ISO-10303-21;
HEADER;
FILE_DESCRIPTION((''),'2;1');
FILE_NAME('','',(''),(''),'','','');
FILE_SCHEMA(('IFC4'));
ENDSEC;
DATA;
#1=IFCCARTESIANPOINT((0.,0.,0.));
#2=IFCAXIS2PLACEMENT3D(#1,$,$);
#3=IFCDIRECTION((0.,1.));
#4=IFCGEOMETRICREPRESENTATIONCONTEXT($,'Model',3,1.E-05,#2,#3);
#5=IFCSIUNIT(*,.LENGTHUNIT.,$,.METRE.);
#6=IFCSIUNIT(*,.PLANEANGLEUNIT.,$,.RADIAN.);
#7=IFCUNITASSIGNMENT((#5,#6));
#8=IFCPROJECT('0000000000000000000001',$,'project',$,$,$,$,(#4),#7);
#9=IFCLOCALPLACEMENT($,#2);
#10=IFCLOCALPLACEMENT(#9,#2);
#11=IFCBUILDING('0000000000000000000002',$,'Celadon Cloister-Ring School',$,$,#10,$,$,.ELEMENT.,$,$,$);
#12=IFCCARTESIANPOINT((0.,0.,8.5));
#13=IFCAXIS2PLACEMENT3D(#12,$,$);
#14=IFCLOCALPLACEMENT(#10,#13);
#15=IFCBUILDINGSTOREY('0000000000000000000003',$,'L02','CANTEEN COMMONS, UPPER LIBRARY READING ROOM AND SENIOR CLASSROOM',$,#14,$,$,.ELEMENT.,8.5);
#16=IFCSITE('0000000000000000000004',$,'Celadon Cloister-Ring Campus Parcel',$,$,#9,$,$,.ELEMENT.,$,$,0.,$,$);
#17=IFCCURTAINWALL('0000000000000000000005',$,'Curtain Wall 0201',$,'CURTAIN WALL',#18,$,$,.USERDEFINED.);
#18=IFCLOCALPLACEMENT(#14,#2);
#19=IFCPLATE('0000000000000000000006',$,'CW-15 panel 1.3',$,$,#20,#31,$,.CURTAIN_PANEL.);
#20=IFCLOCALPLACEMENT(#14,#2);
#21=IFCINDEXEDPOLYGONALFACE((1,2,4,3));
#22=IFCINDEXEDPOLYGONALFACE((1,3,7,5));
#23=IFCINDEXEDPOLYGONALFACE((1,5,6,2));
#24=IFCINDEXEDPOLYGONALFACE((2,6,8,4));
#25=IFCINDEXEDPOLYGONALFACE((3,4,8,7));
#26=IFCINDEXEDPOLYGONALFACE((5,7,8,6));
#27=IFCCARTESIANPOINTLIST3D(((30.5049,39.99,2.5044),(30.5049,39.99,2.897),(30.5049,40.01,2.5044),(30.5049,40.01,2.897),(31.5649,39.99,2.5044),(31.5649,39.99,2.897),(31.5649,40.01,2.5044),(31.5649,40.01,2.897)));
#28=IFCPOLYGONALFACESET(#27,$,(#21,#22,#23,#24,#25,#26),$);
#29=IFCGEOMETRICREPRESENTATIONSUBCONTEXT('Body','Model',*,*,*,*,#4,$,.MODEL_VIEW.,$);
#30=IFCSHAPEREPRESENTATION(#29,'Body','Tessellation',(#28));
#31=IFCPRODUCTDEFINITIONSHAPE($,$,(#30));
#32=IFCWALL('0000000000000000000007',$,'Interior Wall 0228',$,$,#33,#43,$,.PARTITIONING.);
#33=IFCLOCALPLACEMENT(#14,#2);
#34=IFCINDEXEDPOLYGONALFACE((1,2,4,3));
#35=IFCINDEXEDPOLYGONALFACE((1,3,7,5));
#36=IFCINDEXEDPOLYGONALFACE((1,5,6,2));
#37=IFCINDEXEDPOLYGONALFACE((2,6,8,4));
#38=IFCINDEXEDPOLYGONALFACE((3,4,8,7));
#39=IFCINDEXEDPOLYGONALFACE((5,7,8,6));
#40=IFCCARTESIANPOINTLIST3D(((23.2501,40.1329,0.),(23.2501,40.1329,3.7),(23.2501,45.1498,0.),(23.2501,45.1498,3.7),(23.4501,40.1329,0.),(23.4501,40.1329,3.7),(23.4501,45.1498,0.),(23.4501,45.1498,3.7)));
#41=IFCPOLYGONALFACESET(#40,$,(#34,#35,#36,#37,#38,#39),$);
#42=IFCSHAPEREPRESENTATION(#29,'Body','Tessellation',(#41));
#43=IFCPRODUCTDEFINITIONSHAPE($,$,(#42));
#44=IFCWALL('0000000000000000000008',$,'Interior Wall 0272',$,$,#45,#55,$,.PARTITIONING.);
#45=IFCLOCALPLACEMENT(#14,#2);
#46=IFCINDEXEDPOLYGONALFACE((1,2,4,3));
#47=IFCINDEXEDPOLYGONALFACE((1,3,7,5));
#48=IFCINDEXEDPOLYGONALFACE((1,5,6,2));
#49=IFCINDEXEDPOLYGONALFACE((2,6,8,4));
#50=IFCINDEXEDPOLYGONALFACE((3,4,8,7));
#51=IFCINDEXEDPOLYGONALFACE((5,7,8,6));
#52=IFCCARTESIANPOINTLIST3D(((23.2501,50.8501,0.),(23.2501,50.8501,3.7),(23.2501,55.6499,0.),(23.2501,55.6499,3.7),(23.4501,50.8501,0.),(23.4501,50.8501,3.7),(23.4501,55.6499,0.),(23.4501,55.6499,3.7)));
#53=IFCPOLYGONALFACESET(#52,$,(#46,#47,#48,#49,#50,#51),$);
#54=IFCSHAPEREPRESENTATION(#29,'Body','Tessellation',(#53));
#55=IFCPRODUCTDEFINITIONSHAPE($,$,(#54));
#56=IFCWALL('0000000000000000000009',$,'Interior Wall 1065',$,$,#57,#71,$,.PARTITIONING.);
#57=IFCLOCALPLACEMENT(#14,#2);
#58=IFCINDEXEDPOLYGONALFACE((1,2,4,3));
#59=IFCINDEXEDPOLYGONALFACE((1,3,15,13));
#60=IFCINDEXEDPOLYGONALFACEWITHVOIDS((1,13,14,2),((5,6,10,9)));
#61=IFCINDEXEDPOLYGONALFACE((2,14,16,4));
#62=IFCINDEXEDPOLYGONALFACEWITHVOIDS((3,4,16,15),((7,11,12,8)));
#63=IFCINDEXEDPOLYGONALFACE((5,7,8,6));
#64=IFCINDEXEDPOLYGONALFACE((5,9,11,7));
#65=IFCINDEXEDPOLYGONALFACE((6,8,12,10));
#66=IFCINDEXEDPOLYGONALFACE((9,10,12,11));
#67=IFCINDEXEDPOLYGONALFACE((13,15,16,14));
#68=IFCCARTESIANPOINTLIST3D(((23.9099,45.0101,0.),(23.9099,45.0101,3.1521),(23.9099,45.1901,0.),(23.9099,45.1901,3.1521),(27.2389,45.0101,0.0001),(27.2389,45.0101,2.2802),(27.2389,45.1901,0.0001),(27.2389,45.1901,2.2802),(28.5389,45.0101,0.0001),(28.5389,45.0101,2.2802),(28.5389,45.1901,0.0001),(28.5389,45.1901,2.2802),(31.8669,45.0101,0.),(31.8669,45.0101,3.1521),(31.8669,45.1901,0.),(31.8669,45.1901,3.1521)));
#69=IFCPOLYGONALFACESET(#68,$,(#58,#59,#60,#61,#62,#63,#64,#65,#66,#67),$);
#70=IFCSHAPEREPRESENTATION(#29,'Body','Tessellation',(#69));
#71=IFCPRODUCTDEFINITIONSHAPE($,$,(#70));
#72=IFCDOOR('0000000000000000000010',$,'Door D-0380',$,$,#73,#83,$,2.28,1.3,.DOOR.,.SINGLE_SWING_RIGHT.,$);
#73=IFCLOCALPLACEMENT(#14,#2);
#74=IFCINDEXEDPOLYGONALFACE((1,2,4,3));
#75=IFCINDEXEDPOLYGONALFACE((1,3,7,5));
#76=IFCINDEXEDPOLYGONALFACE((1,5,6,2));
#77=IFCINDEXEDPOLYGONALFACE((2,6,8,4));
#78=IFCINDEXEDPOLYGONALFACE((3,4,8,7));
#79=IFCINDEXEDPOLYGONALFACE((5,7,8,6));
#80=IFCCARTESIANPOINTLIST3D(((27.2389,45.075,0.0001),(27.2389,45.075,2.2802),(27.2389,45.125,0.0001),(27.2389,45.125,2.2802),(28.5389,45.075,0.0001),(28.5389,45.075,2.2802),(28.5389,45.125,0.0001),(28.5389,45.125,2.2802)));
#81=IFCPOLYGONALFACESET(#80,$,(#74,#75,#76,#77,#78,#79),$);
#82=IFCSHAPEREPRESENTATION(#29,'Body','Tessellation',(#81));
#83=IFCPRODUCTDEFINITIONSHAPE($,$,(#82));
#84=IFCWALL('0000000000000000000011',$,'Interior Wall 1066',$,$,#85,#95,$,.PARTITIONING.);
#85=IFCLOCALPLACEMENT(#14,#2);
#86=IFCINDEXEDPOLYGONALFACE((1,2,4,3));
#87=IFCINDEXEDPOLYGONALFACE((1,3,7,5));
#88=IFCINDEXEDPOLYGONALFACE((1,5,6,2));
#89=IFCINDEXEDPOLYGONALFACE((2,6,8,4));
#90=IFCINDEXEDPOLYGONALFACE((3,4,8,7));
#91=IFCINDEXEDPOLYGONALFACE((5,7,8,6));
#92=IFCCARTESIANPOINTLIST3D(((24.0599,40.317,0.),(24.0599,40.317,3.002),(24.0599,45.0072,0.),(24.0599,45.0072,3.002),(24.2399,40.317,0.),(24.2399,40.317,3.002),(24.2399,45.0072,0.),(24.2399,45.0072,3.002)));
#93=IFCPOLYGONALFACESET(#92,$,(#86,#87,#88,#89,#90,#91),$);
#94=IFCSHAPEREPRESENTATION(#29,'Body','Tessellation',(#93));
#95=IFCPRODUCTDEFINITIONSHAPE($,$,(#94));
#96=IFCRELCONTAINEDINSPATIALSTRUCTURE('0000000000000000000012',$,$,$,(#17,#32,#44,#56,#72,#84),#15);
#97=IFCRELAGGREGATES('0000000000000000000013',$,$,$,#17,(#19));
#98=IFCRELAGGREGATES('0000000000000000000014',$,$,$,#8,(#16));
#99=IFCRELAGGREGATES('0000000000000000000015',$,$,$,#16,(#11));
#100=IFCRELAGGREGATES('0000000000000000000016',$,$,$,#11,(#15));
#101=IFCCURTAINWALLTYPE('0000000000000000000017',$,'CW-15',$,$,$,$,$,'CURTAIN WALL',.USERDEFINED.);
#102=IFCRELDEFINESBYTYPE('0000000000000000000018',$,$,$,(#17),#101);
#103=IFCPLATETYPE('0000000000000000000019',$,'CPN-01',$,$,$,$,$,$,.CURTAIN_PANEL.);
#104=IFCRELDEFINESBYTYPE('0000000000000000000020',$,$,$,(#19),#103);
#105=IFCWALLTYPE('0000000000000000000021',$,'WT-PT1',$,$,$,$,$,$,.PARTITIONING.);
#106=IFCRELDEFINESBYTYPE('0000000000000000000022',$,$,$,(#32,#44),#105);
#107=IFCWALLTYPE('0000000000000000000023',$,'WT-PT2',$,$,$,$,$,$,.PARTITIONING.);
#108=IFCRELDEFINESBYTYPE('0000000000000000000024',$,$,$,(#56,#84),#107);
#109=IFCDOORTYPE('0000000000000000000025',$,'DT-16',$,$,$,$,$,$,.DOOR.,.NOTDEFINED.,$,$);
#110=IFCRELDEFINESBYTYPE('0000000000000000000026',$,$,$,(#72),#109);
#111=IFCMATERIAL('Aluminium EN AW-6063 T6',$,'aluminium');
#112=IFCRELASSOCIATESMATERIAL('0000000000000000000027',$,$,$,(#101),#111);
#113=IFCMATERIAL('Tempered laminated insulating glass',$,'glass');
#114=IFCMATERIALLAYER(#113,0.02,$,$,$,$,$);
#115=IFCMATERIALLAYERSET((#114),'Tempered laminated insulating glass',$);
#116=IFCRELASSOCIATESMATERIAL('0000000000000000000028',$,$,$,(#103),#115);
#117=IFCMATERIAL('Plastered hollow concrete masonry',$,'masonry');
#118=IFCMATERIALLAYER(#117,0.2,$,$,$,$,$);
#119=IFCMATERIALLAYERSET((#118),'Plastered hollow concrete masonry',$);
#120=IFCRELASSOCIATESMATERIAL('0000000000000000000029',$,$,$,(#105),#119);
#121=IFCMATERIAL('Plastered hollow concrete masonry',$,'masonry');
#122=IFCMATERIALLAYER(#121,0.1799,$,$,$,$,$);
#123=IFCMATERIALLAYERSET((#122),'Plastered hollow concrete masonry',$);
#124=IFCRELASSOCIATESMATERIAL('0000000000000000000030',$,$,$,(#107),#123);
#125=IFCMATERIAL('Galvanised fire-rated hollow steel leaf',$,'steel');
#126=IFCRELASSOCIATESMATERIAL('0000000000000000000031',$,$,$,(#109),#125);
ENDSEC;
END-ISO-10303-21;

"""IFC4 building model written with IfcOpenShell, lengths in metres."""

from ifc_helpers import new_model, si_unit, direction, frame, frame_2d, origin, origin_2d, place, context, subcontext, project, spatial, rectangle, extrude, material, layer, layer_set, type_object, element, fill, aggregate, save


model = new_model("IFC4")

# Units and contexts
model_context = context("Model", 3, precision=1e-05, world=origin(), true_north=direction((0.0, 1.0)))
body_context = subcontext(model_context, "Body", "Model", "MODEL_VIEW")
ifc_project = project(units=[si_unit("LENGTHUNIT", "METRE"), si_unit("PLANEANGLEUNIT", "RADIAN")], contexts=[model_context])

# Site, building, storey
site_placement = place(None, origin())
site = spatial("IfcSite", under=ifc_project, at=site_placement, Name="Celadon Cloister-Ring Campus Parcel", CompositionType="ELEMENT", RefElevation=0.0)
building_placement = place(site_placement, origin())
building = spatial("IfcBuilding", under=site, at=building_placement, Name="Celadon Cloister-Ring School", CompositionType="ELEMENT")
storey_placement = place(building_placement, frame((0.0, 0.0, 8.5)))
storey = spatial("IfcBuildingStorey", under=building, at=storey_placement, Name="L02", Description="CANTEEN COMMONS, UPPER LIBRARY READING ROOM AND SENIOR CLASSROOM", CompositionType="ELEMENT", Elevation=8.5)

# Curtain wall, plate
ifc_material_1 = material(Name="Aluminium EN AW-6063 T6", Category="aluminium")
curtain_wall_type = type_object("IfcCurtainWallType", Name="CW-15", ElementType="CURTAIN WALL", PredefinedType="USERDEFINED", material=ifc_material_1)
curtain_wall_placement = place(storey_placement, origin())
curtain_wall = element("IfcCurtainWall", 1, at=curtain_wall_placement, inside=storey, type_object=curtain_wall_type, Name="Curtain Wall 0201", ObjectType="CURTAIN WALL", PredefinedType="USERDEFINED")
ifc_material_2 = material(Name="Tempered laminated insulating glass", Category="glass")
ifc_layer_1 = layer(ifc_material_2, 0.02)
ifc_layer_set_1 = layer_set([ifc_layer_1], Name="Tempered laminated insulating glass")
plate_type = type_object("IfcPlateType", Name="CPN-01", PredefinedType="CURTAIN_PANEL", material=ifc_layer_set_1)
plate_1_placement = place(storey_placement, frame((31.0349, 40.0, 2.5044), z_axis=(0.0, 0.0, 1.0), x_axis=(-1.0, 0.0, 0.0)))
plate_1 = element("IfcPlate", 2, at=plate_1_placement, type_object=plate_type, Name="CW-15 panel 1.3", PredefinedType="CURTAIN_PANEL", context=body_context, shape_type="SweptSolid", body=[
    extrude(rectangle(XDim=1.0601, YDim=0.02, at=origin_2d()), origin(), (0.0, 0.0, 1.0), 0.3926),
])
aggregate(curtain_wall, [plate_1])

# Walls
ifc_material_3 = material(Name="Plastered hollow concrete masonry", Category="masonry")
ifc_layer_2 = layer(ifc_material_3, 0.2)
ifc_layer_set_2 = layer_set([ifc_layer_2], Name="Plastered hollow concrete masonry")
wall_type_1 = type_object("IfcWallType", Name="WT-PT1", PredefinedType="PARTITIONING", material=ifc_layer_set_2)
wall_1_placement = place(storey_placement, frame((23.3501, 40.1331, 0.0), z_axis=(0.0, 0.0, 1.0), x_axis=(0.0, 1.0, 0.0)))
element("IfcWall", 3, at=wall_1_placement, inside=storey, type_object=wall_type_1, Name="Interior Wall 0228", PredefinedType="PARTITIONING", context=body_context, shape_type="SweptSolid", body=[
    extrude(rectangle(XDim=5.0168, YDim=0.2, at=frame_2d((2.5083, 0.0))), origin(), (0.0, 0.0, 1.0), 3.7),
])
wall_2_placement = place(storey_placement, frame((23.3501, 50.8501, 0.0), z_axis=(0.0, 0.0, 1.0), x_axis=(0.0, 1.0, 0.0)))
element("IfcWall", 4, at=wall_2_placement, inside=storey, type_object=wall_type_1, Name="Interior Wall 0272", PredefinedType="PARTITIONING", context=body_context, shape_type="SweptSolid", body=[
    extrude(rectangle(XDim=4.7998, YDim=0.2, at=frame_2d((2.3999, 0.0))), origin(), (0.0, 0.0, 1.0), 3.7),
])

# Wall, opening, door
ifc_material_4 = material(Name="Plastered hollow concrete masonry", Category="masonry")
ifc_layer_3 = layer(ifc_material_4, 0.1799)
ifc_layer_set_3 = layer_set([ifc_layer_3], Name="Plastered hollow concrete masonry")
wall_type_2 = type_object("IfcWallType", Name="WT-PT2", PredefinedType="PARTITIONING", material=ifc_layer_set_3)
wall_3_placement = place(storey_placement, frame((23.9099, 45.1001, 0.0), z_axis=(0.0, 0.0, 1.0), x_axis=(1.0, 0.0, 0.0)))
wall_3 = element("IfcWall", 5, at=wall_3_placement, inside=storey, type_object=wall_type_2, Name="Interior Wall 1065", PredefinedType="PARTITIONING", context=body_context, shape_type="SweptSolid", body=[
    extrude(rectangle(XDim=7.957, YDim=0.1799, at=frame_2d((3.9785, 0.0))), origin(), (0.0, 0.0, 1.0), 3.1521),
])
opening_placement = place(wall_3_placement, frame((3.3291, 0.0, 0.0)))
opening = element("IfcOpeningElement", 6, at=opening_placement, cuts=wall_3, PredefinedType="OPENING", context=body_context, shape_type="SweptSolid", body=[
    extrude(rectangle(XDim=1.3, YDim=2.28, at=frame_2d((0.6499, 1.1401))), frame((0.0, 0.1001, 0.0), z_axis=(0.0, -1.0, 0.0), x_axis=(1.0, 0.0, 0.0)), (0.0, 0.0, 1.0), 0.2),
])
ifc_material_5 = material(Name="Galvanised fire-rated hollow steel leaf", Category="steel")
door_type = type_object("IfcDoorType", Name="DT-16", OperationType="NOTDEFINED", PredefinedType="DOOR", material=ifc_material_5)
door_placement = place(opening_placement, origin())
door = element("IfcDoor", 7, at=door_placement, inside=storey, type_object=door_type, Name="Door D-0380", OperationType="SINGLE_SWING_RIGHT", OverallHeight=2.28, OverallWidth=1.3, PredefinedType="DOOR", context=body_context, shape_type="SweptSolid", body=[
    extrude(rectangle(XDim=1.3, YDim=2.28, at=frame_2d((0.6499, 1.1401))), frame((0.0, 0.0249, 0.0), z_axis=(0.0, -1.0, 0.0), x_axis=(1.0, 0.0, 0.0)), (0.0, 0.0, 1.0), 0.05),
])
fill(opening, door)

# Wall
wall_4_placement = place(storey_placement, frame((24.1499, 40.3169, 0.0), z_axis=(0.0, 0.0, 1.0), x_axis=(0.0, 1.0, 0.0)))
element("IfcWall", 8, at=wall_4_placement, inside=storey, type_object=wall_type_2, Name="Interior Wall 1066", PredefinedType="PARTITIONING", context=body_context, shape_type="SweptSolid", body=[
    extrude(rectangle(XDim=4.6902, YDim=0.1799, at=frame_2d((2.3452, 0.0))), origin(), (0.0, 0.0, 1.0), 3.002),
])

save(model, "model.ifc")
